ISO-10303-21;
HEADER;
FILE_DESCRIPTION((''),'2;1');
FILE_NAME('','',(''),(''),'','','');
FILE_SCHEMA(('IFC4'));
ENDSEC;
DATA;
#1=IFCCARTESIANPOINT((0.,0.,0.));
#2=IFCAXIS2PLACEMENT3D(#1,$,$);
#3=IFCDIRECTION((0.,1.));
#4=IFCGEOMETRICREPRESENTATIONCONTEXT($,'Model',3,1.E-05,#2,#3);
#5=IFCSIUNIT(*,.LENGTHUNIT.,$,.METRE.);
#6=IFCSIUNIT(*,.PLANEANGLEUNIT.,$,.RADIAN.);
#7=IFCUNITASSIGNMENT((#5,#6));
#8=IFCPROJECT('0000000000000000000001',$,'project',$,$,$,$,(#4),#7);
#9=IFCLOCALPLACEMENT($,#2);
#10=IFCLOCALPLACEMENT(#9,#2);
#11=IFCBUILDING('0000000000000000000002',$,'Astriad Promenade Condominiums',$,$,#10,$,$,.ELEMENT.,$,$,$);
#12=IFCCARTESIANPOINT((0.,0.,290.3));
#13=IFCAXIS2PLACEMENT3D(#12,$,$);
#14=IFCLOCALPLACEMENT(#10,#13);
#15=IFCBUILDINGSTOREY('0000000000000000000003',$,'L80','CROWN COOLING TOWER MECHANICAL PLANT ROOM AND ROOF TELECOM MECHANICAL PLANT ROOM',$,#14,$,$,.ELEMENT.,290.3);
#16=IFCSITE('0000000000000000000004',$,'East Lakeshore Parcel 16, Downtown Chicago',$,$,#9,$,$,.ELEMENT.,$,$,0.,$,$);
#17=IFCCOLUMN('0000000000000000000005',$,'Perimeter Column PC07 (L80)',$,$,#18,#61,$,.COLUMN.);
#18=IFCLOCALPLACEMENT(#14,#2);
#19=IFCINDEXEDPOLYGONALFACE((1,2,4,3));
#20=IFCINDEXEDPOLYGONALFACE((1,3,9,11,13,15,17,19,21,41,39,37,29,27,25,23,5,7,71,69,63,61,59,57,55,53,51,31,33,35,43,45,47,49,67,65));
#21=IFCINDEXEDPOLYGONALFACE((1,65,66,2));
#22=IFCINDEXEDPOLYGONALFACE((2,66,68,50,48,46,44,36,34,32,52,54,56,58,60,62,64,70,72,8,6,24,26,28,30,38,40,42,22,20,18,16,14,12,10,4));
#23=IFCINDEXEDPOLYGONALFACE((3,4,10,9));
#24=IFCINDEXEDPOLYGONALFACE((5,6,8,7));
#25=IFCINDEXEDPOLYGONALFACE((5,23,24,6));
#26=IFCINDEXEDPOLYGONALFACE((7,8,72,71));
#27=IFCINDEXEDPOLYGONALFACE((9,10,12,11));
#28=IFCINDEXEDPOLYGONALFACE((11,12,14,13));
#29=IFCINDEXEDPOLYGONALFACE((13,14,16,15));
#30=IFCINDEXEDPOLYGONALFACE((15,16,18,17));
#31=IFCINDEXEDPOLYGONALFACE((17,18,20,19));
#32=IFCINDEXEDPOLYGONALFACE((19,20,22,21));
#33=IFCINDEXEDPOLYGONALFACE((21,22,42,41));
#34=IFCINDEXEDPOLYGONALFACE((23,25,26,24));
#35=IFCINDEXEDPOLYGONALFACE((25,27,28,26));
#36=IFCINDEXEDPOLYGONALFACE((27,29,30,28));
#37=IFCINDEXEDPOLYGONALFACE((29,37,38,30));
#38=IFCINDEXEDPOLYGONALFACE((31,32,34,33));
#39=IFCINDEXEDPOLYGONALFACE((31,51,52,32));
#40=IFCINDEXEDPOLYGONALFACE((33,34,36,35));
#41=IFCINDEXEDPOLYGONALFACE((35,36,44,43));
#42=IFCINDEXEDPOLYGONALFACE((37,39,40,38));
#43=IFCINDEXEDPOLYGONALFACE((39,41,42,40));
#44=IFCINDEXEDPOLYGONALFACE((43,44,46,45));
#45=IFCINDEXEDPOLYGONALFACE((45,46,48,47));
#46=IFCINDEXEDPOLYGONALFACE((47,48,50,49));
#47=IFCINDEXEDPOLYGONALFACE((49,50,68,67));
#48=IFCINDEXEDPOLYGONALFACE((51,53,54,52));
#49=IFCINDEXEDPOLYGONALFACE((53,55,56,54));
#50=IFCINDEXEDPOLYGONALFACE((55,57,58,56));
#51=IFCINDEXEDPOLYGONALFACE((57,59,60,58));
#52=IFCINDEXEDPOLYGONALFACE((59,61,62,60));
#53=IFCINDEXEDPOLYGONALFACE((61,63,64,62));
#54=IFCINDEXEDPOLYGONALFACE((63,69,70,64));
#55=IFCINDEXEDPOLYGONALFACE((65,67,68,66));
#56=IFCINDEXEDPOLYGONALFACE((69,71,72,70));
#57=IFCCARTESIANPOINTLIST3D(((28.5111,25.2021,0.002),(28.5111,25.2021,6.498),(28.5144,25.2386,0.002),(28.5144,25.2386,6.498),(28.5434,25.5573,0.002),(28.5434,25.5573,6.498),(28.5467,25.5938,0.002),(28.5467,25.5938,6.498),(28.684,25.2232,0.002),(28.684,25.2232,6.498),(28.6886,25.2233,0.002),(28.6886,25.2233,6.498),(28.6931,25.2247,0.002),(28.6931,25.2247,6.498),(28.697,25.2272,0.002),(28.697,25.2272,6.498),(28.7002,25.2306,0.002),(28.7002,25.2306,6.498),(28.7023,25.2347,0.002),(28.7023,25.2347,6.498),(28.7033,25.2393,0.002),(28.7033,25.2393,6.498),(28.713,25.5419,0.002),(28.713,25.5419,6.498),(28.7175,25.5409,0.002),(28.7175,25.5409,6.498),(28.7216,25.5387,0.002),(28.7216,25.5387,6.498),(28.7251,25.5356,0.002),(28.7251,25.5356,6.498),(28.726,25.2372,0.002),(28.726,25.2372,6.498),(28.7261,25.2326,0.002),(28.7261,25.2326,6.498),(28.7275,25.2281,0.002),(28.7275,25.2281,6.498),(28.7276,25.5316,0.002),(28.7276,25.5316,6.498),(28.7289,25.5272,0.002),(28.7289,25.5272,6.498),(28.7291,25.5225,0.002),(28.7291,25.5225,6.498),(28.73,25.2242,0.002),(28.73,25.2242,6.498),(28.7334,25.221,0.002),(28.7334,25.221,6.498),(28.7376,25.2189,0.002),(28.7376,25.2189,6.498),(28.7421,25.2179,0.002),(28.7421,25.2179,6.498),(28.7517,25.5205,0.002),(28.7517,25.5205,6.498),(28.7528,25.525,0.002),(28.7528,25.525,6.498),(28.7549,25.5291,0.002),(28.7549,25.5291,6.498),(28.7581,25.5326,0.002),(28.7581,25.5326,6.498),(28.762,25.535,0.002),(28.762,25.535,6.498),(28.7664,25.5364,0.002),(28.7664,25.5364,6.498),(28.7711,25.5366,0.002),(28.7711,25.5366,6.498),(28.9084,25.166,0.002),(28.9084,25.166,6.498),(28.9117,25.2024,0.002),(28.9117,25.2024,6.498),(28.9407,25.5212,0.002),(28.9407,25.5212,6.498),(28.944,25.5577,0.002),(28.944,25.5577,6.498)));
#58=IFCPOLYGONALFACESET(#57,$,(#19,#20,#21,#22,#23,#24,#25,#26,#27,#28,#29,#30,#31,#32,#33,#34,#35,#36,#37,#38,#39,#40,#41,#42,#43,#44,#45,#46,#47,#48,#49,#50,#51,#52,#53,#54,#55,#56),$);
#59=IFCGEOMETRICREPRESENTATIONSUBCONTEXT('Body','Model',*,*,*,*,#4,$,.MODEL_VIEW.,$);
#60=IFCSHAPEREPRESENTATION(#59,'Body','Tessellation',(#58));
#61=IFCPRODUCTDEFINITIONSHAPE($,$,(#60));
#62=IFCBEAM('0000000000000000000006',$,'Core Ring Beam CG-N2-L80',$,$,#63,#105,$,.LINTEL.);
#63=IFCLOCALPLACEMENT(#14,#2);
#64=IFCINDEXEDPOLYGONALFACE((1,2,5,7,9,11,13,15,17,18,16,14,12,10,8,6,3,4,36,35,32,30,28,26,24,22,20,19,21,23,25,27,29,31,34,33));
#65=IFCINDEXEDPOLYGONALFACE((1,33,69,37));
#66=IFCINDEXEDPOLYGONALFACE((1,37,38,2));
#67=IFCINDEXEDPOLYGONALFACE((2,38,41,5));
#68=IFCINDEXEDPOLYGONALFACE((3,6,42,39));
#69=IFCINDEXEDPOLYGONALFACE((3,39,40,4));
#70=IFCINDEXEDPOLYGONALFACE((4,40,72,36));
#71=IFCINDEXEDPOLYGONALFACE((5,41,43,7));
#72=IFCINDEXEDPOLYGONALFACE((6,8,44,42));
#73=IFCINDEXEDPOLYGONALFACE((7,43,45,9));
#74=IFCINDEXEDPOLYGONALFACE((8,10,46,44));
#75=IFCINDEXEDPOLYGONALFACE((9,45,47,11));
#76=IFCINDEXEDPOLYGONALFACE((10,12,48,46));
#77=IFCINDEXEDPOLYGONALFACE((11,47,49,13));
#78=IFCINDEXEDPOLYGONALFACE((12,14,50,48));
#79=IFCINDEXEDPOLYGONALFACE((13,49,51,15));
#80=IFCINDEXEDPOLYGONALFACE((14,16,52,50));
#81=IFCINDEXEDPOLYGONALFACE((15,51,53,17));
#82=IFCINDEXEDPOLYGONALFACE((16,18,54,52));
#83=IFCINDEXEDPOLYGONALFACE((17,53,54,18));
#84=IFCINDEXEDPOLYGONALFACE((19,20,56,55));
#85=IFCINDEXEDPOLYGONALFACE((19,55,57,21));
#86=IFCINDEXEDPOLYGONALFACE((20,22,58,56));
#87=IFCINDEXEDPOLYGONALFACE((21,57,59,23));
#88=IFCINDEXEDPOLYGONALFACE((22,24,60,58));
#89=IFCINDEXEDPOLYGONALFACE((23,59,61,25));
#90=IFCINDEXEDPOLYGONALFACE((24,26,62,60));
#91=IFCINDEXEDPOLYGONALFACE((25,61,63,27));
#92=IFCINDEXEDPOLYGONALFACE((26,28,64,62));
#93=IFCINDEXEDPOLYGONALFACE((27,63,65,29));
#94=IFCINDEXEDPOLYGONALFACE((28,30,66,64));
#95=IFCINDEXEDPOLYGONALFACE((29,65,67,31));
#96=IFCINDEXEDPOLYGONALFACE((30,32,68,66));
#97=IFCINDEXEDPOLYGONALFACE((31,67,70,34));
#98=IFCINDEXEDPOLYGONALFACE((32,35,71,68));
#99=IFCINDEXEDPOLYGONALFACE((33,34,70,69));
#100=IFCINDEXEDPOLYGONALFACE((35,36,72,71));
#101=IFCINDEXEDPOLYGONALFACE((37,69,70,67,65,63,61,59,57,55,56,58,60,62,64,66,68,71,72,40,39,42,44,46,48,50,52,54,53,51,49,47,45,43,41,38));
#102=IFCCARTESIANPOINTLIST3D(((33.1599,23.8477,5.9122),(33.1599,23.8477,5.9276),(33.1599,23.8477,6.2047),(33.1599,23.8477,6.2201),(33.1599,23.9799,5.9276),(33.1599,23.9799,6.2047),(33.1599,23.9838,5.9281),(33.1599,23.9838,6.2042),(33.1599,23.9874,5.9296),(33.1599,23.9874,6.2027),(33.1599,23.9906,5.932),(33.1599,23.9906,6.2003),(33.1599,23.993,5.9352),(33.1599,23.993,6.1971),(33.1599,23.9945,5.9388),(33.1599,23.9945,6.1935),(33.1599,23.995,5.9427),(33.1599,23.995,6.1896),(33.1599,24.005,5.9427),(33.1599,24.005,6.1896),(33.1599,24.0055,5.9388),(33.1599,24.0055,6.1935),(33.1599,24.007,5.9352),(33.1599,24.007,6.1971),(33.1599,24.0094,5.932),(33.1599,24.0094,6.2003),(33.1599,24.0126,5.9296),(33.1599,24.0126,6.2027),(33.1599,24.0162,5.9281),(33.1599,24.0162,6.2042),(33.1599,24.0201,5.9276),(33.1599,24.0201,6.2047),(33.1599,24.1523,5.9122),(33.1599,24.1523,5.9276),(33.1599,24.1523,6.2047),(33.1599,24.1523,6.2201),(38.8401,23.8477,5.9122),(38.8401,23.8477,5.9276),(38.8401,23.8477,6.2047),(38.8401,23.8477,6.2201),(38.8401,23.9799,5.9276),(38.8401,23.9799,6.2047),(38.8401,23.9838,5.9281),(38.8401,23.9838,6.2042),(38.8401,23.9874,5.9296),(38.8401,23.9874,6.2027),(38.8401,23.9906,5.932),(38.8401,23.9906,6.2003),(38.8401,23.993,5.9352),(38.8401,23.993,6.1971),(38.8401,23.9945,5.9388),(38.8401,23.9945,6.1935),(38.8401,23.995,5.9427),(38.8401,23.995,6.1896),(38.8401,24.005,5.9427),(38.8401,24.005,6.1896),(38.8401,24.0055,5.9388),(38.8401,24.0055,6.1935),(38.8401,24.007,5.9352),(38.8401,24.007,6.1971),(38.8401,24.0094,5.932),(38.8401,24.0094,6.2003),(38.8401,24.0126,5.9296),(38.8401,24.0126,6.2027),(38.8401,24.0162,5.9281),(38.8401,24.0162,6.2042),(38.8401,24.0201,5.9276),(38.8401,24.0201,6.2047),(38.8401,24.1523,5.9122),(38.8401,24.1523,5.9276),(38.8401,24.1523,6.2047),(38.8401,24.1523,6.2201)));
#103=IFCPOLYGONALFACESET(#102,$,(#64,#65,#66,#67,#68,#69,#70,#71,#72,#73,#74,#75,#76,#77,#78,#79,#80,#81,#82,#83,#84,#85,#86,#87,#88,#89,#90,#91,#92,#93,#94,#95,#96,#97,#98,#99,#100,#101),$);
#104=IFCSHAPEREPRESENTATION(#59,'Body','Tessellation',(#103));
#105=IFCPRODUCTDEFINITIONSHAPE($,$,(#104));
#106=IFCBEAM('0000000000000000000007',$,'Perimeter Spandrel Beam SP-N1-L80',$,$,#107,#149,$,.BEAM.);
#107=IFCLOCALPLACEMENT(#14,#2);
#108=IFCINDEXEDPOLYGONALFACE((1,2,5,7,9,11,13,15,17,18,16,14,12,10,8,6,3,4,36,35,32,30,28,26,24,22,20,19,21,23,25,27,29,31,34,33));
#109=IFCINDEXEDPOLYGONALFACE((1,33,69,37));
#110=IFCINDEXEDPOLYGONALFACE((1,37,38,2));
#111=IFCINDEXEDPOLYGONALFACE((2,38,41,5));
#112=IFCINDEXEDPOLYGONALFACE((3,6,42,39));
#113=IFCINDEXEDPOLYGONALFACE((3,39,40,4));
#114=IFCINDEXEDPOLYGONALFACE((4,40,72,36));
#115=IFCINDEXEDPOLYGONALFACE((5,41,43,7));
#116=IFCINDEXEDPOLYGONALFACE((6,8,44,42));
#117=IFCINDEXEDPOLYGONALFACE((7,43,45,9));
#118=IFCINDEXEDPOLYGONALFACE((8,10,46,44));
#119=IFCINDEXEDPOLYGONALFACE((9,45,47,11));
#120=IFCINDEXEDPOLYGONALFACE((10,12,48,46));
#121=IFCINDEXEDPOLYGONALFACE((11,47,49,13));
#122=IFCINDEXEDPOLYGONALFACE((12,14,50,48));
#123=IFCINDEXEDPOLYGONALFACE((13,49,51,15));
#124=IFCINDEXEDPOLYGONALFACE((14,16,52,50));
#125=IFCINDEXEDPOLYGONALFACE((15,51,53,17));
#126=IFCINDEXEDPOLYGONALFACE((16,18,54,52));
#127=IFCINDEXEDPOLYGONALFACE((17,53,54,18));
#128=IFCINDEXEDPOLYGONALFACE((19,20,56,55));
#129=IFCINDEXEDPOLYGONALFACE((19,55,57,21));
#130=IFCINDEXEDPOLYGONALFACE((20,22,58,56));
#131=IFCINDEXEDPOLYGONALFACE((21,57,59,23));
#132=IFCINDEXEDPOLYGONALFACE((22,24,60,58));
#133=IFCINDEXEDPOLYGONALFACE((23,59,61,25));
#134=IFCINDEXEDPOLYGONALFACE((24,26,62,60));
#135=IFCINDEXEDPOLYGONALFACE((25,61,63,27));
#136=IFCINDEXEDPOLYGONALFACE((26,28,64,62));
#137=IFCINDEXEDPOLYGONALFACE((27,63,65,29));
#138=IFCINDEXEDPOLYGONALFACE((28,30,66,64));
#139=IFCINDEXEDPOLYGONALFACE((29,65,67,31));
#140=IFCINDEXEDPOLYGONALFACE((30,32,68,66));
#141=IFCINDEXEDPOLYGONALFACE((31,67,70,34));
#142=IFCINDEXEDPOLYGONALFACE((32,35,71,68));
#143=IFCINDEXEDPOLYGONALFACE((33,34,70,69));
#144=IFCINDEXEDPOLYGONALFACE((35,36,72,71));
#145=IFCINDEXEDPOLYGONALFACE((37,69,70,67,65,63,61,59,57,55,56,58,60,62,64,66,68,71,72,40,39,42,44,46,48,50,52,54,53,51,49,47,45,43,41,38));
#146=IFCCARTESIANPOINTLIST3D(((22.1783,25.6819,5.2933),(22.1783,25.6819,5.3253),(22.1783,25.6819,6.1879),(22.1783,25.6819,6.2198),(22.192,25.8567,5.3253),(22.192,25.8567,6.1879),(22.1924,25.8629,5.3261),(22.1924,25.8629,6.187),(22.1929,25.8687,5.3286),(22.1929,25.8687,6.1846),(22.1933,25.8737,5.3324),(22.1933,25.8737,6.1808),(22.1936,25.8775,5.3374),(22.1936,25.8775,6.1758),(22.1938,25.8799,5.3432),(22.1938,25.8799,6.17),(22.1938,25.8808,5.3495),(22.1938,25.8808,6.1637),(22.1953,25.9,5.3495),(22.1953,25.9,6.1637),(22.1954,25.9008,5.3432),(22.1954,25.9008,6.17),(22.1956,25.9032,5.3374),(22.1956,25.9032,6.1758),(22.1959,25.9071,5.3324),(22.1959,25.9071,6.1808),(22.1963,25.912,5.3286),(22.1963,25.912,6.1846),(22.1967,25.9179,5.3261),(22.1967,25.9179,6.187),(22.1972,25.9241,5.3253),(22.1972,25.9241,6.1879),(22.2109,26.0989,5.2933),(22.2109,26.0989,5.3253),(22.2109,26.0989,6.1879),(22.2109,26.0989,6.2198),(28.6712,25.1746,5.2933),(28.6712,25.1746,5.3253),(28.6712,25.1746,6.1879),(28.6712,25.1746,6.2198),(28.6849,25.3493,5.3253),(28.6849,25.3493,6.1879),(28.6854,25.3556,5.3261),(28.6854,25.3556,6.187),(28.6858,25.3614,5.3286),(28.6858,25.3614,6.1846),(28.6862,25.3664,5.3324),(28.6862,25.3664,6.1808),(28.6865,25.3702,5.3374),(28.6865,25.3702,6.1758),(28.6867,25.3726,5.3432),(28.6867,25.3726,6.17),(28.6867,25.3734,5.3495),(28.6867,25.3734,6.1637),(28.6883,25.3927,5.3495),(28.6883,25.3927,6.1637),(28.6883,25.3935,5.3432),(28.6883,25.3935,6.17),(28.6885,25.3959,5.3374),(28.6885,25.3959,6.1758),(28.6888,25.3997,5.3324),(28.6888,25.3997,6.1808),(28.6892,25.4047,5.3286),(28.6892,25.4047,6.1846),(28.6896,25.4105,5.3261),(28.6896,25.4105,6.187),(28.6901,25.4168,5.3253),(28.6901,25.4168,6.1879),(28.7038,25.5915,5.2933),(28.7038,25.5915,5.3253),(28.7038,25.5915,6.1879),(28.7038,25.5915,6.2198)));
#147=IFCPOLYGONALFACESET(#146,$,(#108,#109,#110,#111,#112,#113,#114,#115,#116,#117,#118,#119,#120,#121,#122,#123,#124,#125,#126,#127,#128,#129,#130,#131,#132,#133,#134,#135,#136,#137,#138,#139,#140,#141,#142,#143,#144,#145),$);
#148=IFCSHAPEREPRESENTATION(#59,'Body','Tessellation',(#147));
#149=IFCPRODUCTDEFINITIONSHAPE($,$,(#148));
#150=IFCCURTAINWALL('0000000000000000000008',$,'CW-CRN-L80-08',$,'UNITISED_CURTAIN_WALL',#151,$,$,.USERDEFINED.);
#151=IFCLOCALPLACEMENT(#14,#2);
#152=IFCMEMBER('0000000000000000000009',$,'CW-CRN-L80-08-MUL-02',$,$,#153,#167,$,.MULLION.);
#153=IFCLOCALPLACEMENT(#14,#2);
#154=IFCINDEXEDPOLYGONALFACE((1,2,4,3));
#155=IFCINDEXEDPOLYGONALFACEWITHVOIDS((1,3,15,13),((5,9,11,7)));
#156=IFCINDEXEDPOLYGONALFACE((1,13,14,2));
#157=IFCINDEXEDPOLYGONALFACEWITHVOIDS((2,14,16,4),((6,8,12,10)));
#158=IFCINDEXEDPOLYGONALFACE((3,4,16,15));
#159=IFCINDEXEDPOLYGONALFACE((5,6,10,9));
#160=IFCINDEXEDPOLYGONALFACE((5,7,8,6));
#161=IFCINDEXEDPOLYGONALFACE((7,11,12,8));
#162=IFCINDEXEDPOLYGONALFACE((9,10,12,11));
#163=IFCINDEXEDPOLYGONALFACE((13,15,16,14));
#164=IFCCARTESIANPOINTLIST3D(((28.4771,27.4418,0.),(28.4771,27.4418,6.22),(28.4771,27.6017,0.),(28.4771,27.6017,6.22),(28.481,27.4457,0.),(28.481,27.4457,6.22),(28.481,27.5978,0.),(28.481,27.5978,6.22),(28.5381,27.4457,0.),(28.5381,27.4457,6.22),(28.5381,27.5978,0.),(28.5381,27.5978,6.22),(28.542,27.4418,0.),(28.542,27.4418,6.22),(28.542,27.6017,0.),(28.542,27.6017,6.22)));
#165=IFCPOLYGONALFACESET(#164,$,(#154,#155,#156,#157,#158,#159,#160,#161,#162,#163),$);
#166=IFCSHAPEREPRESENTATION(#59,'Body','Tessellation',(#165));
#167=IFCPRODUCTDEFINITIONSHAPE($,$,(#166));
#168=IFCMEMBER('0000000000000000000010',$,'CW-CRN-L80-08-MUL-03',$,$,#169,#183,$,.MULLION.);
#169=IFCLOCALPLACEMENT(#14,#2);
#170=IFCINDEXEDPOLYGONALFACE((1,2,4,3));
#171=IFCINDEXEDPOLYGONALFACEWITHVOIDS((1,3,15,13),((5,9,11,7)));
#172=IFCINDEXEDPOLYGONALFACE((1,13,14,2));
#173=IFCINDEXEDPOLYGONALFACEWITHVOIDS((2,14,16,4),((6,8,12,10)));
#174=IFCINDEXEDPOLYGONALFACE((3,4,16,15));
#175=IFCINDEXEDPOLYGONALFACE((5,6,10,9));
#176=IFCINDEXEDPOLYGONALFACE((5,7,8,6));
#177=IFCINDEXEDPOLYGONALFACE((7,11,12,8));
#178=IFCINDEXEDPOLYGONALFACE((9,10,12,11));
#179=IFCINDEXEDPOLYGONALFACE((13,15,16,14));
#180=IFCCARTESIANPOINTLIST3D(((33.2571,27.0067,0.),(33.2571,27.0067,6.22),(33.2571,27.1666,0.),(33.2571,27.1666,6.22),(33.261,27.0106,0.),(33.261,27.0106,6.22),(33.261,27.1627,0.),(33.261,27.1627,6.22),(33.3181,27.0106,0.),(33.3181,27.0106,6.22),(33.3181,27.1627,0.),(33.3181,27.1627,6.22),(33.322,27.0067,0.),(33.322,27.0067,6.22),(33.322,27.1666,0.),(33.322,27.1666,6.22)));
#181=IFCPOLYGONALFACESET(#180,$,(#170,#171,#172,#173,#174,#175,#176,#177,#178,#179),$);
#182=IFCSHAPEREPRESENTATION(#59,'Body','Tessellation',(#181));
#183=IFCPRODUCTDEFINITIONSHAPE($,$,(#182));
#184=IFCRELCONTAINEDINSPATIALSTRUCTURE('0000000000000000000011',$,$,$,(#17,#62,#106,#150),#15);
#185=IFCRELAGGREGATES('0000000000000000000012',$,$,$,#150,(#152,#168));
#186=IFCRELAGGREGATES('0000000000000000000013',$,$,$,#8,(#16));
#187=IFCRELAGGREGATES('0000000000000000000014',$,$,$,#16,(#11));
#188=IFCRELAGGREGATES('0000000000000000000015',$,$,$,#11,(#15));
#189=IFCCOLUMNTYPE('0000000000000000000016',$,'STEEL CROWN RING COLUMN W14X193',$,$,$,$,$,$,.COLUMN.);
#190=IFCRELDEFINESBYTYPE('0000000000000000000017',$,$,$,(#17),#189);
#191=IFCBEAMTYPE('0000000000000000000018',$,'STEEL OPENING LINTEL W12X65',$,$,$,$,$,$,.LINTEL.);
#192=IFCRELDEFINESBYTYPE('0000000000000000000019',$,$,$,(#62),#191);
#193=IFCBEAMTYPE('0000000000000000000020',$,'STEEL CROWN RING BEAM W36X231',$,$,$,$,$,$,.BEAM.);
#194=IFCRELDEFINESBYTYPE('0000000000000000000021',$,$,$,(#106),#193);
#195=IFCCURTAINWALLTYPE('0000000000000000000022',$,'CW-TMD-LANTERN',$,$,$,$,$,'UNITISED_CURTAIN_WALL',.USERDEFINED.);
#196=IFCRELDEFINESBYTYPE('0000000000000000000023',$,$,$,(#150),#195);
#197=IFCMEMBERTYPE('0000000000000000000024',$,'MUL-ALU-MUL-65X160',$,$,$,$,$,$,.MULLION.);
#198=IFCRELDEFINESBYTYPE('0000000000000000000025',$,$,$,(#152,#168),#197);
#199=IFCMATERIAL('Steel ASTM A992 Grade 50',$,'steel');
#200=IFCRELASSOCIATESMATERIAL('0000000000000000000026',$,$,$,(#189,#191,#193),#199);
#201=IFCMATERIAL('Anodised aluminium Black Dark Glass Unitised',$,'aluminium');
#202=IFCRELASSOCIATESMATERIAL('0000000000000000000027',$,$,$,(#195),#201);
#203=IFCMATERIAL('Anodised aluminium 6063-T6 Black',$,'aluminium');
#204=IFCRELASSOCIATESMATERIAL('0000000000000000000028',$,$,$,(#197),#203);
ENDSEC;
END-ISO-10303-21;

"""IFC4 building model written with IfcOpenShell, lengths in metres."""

from ifc_helpers import new_model, si_unit, direction, frame, origin, origin_2d, place, context, subcontext, project, spatial, hollow_rectangle, i_section, extrude, source, transform, mapped, material, material_profile, profile_set, type_object, type_shapes, element, aggregate, save


model = new_model("IFC4")

# Units and contexts
model_context = context("Model", 3, precision=1e-05, world=origin(), true_north=direction((0.0, 1.0)))
body_context = subcontext(model_context, "Body", "Model", "MODEL_VIEW")
ifc_project = project(units=[si_unit("LENGTHUNIT", "METRE"), si_unit("PLANEANGLEUNIT", "RADIAN")], contexts=[model_context])

# Site, building, storey
site_placement = place(None, origin())
site = spatial("IfcSite", under=ifc_project, at=site_placement, Name="East Lakeshore Parcel 16, Downtown Chicago", CompositionType="ELEMENT", RefElevation=0.0)
building_placement = place(site_placement, origin())
building = spatial("IfcBuilding", under=site, at=building_placement, Name="Astriad Promenade Condominiums", CompositionType="ELEMENT")
storey_placement = place(building_placement, frame((0.0, 0.0, 290.3)))
storey = spatial("IfcBuildingStorey", under=building, at=storey_placement, Name="L80", Description="CROWN COOLING TOWER MECHANICAL PLANT ROOM AND ROOF TELECOM MECHANICAL PLANT ROOM", CompositionType="ELEMENT", Elevation=290.3)

# Column
ifc_material_1 = material(Name="Steel ASTM A992 Grade 50", Category="steel")
ifc_material_profile_1 = material_profile(ifc_material_1, i_section(OverallWidth=0.3989, OverallDepth=0.3933, WebThickness=0.0227, FlangeThickness=0.0366, FilletRadius=0.0178, at=origin_2d()), Name="W14X193")
ifc_profile_set_1 = profile_set([ifc_material_profile_1], Name="Steel ASTM A992 Grade 50")
column_type = type_object("IfcColumnType", Name="STEEL CROWN RING COLUMN W14X193", PredefinedType="COLUMN", material=ifc_profile_set_1)
shared_shape_1 = source(origin(), body_context, "Body", "SweptSolid", [
    extrude(i_section(OverallWidth=0.3989, OverallDepth=0.3933, WebThickness=0.0227, FlangeThickness=0.0366, FilletRadius=0.0178, at=origin_2d()), origin(), (0.0, 0.0, 1.0), 6.4961),
])
type_shapes(column_type, [shared_shape_1])
column_placement = place(storey_placement, frame((28.7275, 25.3799, 0.002), z_axis=(0.0, 0.0, 1.0), x_axis=(0.995884, -0.090633, 0.0)))
element("IfcColumn", 1, at=column_placement, inside=storey, type_object=column_type, Name="Perimeter Column PC07 (L80)", PredefinedType="COLUMN", context=body_context, shape_type="MappedRepresentation", body=[
    mapped(shared_shape_1, transform((0.0, 0.0, 0.0), scale=1.0)),
])

# Beams
ifc_material_profile_2 = material_profile(ifc_material_1, i_section(OverallWidth=0.3047, OverallDepth=0.3079, WebThickness=0.01, FlangeThickness=0.0154, FilletRadius=0.0151, at=origin_2d()), Name="W12X65")
ifc_profile_set_2 = profile_set([ifc_material_profile_2], Name="Steel ASTM A992 Grade 50")
beam_type_1 = type_object("IfcBeamType", Name="STEEL OPENING LINTEL W12X65", PredefinedType="LINTEL", material=ifc_profile_set_2)
shared_shape_2 = source(origin(), body_context, "Body", "SweptSolid", [
    extrude(i_section(OverallWidth=0.3047, OverallDepth=0.3079, WebThickness=0.01, FlangeThickness=0.0154, FilletRadius=0.0151, at=origin_2d()), origin(), (0.0, 0.0, 1.0), 5.6802),
])
type_shapes(beam_type_1, [shared_shape_2])
beam_1_placement = place(storey_placement, frame((33.1599, 24.0, 6.0662), z_axis=(1.0, 0.0, 0.0), x_axis=(0.0, 1.0, 0.0)))
element("IfcBeam", 2, at=beam_1_placement, inside=storey, type_object=beam_type_1, Name="Core Ring Beam CG-N2-L80", PredefinedType="LINTEL", context=body_context, shape_type="MappedRepresentation", body=[
    mapped(shared_shape_2, transform((0.0, 0.0, 0.0), scale=1.0)),
])
ifc_material_profile_3 = material_profile(ifc_material_1, i_section(OverallWidth=0.4182, OverallDepth=0.9265, WebThickness=0.0193, FlangeThickness=0.032, FilletRadius=0.0242, at=origin_2d()), Name="W36X231")
ifc_profile_set_3 = profile_set([ifc_material_profile_3], Name="Steel ASTM A992 Grade 50")
beam_type_2 = type_object("IfcBeamType", Name="STEEL CROWN RING BEAM W36X231", PredefinedType="BEAM", material=ifc_profile_set_3)
shared_shape_3 = source(origin(), body_context, "Body", "SweptSolid", [
    extrude(i_section(OverallWidth=0.4182, OverallDepth=0.9265, WebThickness=0.0193, FlangeThickness=0.032, FilletRadius=0.0242, at=origin_2d()), origin(), (0.0, 0.0, 1.0), 6.5127),
])
type_shapes(beam_type_2, [shared_shape_3])
beam_2_placement = place(storey_placement, frame((28.6875, 25.3831, 5.7566), z_axis=(-0.996961, 0.077898, 0.0), x_axis=(-0.077898, -0.996961, 0.0)))
element("IfcBeam", 3, at=beam_2_placement, inside=storey, type_object=beam_type_2, Name="Perimeter Spandrel Beam SP-N1-L80", PredefinedType="BEAM", context=body_context, shape_type="MappedRepresentation", body=[
    mapped(shared_shape_3, transform((0.0, 0.0, 0.0), scale=1.0)),
])

# Curtain wall, members
ifc_material_2 = material(Name="Anodised aluminium Black Dark Glass Unitised", Category="aluminium")
curtain_wall_type = type_object("IfcCurtainWallType", Name="CW-TMD-LANTERN", ElementType="UNITISED_CURTAIN_WALL", PredefinedType="USERDEFINED", material=ifc_material_2)
curtain_wall_placement = place(storey_placement, origin())
curtain_wall = element("IfcCurtainWall", 4, at=curtain_wall_placement, inside=storey, type_object=curtain_wall_type, Name="CW-CRN-L80-08", ObjectType="UNITISED_CURTAIN_WALL", PredefinedType="USERDEFINED")
ifc_material_3 = material(Name="Anodised aluminium 6063-T6 Black", Category="aluminium")
ifc_material_profile_4 = material_profile(ifc_material_3, hollow_rectangle(XDim=0.0649, YDim=0.1599, WallThickness=0.0039, at=origin_2d()), Name="ALU-MUL-65X160")
ifc_profile_set_4 = profile_set([ifc_material_profile_4], Name="Anodised aluminium 6063-T6 Black")
member_type_1 = type_object("IfcMemberType", Name="MUL-ALU-MUL-65X160", PredefinedType="MULLION", material=ifc_profile_set_4)
shared_shape_4 = source(origin(), body_context, "Body", "SweptSolid", [
    extrude(hollow_rectangle(XDim=0.0649, YDim=0.1599, WallThickness=0.0039, at=origin_2d()), origin(), (0.0, 0.0, 1.0), 6.22),
])
type_shapes(member_type_1, [shared_shape_4])
member_1_placement = place(storey_placement, frame((28.5095, 27.5217, 0.0), z_axis=(0.0, 0.0, 1.0), x_axis=(1.0, 0.0, 0.0)))
member_1 = element("IfcMember", 5, at=member_1_placement, type_object=member_type_1, Name="CW-CRN-L80-08-MUL-02", PredefinedType="MULLION", context=body_context, shape_type="MappedRepresentation", body=[
    mapped(shared_shape_4, transform((0.0, 0.0, 0.0), scale=1.0)),
])
member_2_placement = place(storey_placement, frame((33.2896, 27.0867, 0.0), z_axis=(0.0, 0.0, 1.0), x_axis=(1.0, 0.0, 0.0)))
member_2 = element("IfcMember", 6, at=member_2_placement, type_object=member_type_1, Name="CW-CRN-L80-08-MUL-03", PredefinedType="MULLION", context=body_context, shape_type="MappedRepresentation", body=[
    mapped(shared_shape_4, transform((0.0, 0.0, 0.0), scale=1.0)),
])
aggregate(curtain_wall, [member_1, member_2])

save(model, "model.ifc")
